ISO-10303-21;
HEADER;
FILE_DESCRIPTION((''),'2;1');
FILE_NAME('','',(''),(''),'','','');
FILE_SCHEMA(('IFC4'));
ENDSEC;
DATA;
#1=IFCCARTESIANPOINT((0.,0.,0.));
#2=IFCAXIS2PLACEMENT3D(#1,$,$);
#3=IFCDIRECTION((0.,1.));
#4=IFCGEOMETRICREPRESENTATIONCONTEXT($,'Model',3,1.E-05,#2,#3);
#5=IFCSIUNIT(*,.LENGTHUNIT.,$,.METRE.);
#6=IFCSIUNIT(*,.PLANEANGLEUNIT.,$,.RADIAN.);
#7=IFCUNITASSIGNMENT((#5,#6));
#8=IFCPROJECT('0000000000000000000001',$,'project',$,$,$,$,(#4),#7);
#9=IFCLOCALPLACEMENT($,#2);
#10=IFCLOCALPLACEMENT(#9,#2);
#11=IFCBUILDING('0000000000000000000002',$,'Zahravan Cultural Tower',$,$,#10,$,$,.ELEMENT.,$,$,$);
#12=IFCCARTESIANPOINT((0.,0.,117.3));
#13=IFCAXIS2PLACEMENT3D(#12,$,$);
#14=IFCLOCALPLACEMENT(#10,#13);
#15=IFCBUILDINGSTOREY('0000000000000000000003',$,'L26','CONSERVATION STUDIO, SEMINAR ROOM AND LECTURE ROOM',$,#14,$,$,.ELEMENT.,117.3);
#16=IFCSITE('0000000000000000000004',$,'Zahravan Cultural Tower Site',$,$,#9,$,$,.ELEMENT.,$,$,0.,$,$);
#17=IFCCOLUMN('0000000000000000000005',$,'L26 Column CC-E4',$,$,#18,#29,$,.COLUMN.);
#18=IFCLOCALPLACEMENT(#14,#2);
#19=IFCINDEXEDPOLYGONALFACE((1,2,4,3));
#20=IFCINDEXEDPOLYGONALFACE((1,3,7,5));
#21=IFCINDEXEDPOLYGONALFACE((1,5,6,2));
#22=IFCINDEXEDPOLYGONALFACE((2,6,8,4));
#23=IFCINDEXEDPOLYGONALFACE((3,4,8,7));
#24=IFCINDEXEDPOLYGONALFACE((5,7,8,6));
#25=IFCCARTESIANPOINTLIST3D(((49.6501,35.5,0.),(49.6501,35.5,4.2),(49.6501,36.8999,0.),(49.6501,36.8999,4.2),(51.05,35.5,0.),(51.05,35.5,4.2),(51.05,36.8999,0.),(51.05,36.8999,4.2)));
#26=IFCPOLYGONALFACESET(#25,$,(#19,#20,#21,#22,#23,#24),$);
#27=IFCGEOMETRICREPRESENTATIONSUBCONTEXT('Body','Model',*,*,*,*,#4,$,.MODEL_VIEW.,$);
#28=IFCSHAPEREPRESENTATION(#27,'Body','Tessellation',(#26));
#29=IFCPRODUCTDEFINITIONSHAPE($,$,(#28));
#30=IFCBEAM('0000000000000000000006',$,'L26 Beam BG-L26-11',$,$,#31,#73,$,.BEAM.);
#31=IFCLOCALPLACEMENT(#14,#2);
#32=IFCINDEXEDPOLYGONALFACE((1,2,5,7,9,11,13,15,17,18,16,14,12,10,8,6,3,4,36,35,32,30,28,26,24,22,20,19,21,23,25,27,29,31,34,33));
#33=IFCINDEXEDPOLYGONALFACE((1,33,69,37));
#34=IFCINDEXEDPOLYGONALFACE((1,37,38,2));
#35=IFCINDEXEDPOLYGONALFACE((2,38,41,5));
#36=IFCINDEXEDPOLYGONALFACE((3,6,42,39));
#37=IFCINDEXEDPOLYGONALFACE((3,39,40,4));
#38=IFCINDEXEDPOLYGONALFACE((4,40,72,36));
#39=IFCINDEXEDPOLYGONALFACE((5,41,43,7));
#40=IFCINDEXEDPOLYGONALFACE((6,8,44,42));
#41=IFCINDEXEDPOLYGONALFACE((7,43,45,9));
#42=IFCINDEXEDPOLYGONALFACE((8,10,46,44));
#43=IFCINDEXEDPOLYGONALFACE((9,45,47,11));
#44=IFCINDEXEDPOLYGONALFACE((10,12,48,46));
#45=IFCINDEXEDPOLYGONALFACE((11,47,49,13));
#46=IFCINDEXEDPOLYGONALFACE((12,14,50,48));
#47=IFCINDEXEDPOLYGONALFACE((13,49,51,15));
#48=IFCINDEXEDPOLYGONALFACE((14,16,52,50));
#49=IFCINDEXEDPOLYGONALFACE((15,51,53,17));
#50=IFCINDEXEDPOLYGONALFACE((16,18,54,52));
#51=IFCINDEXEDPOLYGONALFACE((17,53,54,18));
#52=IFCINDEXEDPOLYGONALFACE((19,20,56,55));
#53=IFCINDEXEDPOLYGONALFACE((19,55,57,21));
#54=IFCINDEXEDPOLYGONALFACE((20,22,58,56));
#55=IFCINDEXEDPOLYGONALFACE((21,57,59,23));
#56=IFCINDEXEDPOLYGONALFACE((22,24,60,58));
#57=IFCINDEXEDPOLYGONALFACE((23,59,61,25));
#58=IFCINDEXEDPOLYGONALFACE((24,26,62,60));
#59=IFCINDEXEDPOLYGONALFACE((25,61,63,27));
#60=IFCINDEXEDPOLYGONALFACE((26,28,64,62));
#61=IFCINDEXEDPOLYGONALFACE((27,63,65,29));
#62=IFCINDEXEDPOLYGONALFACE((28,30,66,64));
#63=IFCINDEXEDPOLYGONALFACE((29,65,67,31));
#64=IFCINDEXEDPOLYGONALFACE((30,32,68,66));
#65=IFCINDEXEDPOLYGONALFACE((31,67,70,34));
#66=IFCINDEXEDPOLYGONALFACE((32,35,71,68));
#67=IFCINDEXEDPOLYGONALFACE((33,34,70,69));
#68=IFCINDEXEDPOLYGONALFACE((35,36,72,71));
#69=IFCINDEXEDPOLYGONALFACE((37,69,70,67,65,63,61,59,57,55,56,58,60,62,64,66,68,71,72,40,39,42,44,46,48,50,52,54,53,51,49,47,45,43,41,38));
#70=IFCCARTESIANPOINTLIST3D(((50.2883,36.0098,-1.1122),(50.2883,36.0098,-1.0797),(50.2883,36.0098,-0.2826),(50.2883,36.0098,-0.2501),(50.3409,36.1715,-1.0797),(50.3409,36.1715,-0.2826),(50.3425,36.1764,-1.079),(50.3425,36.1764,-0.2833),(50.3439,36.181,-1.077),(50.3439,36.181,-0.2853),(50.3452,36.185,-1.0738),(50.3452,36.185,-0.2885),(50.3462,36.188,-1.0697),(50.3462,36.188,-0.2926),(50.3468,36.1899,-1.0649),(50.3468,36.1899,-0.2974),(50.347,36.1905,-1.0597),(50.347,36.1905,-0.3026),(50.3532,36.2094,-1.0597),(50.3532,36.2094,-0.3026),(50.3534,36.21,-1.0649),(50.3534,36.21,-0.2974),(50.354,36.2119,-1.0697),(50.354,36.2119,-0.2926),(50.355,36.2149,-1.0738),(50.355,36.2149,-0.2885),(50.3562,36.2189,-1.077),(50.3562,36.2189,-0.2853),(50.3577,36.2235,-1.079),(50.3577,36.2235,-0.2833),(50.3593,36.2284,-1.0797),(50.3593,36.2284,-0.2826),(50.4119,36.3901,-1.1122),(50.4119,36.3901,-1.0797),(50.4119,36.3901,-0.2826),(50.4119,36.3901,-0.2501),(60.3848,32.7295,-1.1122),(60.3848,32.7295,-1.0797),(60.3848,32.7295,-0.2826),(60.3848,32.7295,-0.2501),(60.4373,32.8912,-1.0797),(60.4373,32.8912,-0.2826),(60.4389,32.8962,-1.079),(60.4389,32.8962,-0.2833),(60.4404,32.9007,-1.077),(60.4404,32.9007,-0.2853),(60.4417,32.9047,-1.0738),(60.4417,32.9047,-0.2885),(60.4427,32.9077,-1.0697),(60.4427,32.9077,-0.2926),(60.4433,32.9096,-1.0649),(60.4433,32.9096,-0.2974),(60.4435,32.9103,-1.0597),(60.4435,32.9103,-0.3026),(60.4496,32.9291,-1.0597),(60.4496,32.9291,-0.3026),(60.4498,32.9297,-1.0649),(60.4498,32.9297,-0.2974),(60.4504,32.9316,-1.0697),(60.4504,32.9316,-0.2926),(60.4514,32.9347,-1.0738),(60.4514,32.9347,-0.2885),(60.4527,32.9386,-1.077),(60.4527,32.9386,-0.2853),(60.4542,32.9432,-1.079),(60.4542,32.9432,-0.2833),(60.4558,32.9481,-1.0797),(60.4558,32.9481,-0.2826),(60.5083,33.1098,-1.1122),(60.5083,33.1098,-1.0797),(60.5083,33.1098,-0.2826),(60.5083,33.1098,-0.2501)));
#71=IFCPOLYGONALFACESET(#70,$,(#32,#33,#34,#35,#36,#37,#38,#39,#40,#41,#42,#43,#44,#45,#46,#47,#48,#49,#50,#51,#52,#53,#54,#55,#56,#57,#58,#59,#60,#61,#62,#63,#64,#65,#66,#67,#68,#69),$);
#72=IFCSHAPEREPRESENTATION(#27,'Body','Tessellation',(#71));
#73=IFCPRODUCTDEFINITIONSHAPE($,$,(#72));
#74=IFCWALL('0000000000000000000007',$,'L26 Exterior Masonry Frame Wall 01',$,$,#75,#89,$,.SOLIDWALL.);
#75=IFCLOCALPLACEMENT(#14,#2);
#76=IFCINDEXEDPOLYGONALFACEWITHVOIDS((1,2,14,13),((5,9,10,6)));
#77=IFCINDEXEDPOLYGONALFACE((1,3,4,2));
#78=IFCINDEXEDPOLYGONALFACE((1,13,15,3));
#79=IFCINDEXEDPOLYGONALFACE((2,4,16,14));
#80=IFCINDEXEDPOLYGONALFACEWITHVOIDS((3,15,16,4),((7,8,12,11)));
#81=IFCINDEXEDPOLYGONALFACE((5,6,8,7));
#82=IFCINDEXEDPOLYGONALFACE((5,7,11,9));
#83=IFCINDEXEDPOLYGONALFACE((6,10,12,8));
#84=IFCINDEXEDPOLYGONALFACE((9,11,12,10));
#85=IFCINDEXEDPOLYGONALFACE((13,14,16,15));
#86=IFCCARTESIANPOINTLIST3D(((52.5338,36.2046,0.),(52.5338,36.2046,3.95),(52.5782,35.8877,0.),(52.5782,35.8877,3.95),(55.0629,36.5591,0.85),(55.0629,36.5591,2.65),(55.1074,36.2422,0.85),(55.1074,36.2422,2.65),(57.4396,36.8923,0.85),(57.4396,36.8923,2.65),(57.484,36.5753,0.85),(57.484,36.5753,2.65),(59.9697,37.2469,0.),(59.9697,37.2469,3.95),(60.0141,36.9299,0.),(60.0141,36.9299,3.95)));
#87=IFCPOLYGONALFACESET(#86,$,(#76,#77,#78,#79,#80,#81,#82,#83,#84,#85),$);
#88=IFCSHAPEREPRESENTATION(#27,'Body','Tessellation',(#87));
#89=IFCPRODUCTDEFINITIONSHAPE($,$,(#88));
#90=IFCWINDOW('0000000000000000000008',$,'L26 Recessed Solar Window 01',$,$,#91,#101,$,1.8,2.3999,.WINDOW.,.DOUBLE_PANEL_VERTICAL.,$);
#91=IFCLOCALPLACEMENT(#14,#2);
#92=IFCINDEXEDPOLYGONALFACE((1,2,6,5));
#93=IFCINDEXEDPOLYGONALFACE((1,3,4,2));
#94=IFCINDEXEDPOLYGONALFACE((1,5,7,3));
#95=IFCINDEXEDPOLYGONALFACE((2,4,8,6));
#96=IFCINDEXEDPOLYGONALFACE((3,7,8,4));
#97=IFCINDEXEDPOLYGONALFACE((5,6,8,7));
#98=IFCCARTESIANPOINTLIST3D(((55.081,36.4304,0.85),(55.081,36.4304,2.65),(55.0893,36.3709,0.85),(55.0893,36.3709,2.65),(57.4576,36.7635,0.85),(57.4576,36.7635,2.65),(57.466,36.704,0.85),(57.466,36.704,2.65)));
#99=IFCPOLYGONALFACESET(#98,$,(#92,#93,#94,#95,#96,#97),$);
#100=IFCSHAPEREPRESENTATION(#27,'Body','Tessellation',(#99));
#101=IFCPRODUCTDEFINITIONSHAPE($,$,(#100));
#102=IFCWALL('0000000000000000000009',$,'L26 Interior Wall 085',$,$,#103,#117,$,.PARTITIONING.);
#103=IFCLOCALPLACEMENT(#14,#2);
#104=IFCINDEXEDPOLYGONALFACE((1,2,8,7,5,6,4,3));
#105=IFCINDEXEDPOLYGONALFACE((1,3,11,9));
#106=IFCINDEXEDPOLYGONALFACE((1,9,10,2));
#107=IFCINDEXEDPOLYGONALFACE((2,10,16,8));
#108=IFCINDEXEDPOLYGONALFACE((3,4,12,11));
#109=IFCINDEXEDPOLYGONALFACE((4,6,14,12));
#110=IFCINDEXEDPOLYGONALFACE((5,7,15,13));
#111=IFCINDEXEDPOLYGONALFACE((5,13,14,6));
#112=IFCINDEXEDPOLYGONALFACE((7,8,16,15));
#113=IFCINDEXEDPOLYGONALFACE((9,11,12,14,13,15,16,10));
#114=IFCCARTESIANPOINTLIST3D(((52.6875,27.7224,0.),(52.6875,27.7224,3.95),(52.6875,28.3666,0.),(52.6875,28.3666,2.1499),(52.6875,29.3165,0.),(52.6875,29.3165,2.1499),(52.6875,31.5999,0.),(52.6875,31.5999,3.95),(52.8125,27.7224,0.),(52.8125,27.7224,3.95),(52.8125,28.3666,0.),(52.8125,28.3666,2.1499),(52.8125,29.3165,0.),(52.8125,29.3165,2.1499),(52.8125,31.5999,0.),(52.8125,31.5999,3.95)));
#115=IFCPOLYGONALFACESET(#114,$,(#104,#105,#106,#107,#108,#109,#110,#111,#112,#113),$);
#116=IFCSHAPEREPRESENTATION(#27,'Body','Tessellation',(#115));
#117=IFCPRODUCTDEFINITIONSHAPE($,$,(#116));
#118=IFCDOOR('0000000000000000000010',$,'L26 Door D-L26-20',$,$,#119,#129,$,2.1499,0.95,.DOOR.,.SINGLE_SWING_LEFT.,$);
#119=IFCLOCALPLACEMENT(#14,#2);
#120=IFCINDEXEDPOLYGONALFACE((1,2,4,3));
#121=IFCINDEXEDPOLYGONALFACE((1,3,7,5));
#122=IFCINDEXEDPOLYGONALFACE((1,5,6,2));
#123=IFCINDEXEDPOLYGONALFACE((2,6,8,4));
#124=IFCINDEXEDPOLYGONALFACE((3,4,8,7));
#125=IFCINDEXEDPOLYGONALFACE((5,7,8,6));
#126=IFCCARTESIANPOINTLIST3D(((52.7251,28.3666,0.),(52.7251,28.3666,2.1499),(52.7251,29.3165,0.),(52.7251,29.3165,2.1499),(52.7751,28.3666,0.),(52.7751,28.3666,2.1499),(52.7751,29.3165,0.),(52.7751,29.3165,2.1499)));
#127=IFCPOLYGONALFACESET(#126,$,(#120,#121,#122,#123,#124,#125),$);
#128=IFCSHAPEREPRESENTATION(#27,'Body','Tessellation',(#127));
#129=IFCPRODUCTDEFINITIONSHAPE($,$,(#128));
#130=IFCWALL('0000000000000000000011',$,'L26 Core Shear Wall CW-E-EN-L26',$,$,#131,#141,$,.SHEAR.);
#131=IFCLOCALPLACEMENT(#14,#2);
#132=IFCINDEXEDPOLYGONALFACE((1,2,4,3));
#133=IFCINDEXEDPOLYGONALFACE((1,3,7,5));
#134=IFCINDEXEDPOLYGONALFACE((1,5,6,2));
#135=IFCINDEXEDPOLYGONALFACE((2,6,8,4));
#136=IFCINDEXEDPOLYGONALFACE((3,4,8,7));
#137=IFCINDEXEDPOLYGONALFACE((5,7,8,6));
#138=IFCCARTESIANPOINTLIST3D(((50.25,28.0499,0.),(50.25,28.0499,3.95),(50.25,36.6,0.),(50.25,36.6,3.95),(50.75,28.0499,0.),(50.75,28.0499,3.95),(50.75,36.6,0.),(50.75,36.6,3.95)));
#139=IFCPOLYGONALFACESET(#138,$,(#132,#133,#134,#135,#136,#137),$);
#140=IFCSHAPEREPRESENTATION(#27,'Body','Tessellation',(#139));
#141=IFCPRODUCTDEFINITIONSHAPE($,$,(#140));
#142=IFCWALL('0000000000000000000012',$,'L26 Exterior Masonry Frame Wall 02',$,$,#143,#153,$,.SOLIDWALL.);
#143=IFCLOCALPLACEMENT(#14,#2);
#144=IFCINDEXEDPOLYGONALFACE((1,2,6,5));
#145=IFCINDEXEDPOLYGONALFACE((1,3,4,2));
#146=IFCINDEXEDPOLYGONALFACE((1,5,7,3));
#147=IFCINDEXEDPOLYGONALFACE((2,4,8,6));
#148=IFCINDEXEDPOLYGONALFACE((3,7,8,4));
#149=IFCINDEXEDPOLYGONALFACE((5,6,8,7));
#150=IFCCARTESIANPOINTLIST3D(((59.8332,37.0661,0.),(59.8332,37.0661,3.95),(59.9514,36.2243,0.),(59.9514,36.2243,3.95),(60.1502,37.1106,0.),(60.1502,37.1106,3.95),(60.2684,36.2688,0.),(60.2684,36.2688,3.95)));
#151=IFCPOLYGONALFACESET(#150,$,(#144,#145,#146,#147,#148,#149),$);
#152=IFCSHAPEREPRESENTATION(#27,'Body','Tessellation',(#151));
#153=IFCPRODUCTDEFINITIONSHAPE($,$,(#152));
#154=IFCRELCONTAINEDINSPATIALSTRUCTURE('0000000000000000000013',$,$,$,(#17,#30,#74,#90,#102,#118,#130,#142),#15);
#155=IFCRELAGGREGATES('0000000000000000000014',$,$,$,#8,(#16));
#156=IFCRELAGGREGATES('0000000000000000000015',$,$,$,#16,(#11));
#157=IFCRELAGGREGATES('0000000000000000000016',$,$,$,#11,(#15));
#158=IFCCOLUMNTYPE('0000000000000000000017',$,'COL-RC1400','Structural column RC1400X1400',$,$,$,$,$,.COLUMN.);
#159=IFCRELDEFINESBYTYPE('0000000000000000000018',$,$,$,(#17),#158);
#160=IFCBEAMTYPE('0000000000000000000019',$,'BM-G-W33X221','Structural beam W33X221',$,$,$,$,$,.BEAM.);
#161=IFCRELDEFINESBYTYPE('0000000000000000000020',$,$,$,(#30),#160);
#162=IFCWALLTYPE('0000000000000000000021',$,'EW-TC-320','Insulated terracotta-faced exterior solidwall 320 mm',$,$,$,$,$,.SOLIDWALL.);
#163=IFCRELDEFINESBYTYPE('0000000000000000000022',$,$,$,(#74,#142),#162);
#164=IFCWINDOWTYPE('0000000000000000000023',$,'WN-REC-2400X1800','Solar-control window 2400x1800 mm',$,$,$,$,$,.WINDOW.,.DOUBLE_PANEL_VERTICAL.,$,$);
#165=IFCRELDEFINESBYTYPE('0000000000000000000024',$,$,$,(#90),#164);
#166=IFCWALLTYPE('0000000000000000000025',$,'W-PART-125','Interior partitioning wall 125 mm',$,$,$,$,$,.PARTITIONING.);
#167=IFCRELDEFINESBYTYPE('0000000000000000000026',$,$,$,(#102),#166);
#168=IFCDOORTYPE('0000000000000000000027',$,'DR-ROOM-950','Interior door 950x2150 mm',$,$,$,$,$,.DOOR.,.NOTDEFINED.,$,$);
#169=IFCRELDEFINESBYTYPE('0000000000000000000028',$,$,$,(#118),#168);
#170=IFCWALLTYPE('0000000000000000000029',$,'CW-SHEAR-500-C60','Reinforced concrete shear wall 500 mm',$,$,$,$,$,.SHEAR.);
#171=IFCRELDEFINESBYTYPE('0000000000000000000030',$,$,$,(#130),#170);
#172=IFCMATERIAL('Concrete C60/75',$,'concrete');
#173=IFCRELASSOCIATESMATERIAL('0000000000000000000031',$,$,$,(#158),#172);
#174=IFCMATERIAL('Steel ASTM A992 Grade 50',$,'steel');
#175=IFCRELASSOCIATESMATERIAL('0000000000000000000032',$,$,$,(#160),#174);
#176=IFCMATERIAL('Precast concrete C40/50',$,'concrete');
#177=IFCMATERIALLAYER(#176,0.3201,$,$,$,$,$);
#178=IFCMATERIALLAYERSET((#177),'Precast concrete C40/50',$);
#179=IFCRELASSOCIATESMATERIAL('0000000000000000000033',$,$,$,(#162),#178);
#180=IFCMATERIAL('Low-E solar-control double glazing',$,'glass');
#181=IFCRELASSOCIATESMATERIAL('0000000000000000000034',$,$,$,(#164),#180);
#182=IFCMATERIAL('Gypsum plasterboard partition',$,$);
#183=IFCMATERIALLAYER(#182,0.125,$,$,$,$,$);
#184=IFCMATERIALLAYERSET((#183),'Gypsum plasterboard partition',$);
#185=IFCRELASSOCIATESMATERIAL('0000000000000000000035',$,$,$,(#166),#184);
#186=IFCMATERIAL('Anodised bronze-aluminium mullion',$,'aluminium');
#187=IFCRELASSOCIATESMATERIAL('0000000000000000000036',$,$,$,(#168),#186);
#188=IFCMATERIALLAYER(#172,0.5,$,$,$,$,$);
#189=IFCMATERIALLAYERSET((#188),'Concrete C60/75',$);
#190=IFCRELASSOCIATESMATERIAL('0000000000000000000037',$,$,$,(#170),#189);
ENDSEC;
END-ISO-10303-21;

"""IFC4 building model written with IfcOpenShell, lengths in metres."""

from ifc_helpers import new_model, si_unit, direction, frame, frame_2d, origin, origin_2d, place, context, subcontext, project, spatial, rectangle, i_section, extrude, source, transform, mapped, material, layer, layer_set, material_profile, profile_set, type_object, element, fill, save


model = new_model("IFC4")

# Units and contexts
model_context = context("Model", 3, precision=1e-05, world=origin(), true_north=direction((0.0, 1.0)))
body_context = subcontext(model_context, "Body", "Model", "MODEL_VIEW")
ifc_project = project(units=[si_unit("LENGTHUNIT", "METRE"), si_unit("PLANEANGLEUNIT", "RADIAN")], contexts=[model_context])

# Site, building, storey
site_placement = place(None, origin())
site = spatial("IfcSite", under=ifc_project, at=site_placement, Name="Zahravan Cultural Tower Site", CompositionType="ELEMENT", RefElevation=0.0)
building_placement = place(site_placement, origin())
building = spatial("IfcBuilding", under=site, at=building_placement, Name="Zahravan Cultural Tower", CompositionType="ELEMENT")
storey_placement = place(building_placement, frame((0.0, 0.0, 117.3)))
storey = spatial("IfcBuildingStorey", under=building, at=storey_placement, Name="L26", Description="CONSERVATION STUDIO, SEMINAR ROOM AND LECTURE ROOM", CompositionType="ELEMENT", Elevation=117.3)

# Column
ifc_material_1 = material(Name="Concrete C60/75", Category="concrete")
ifc_material_profile_1 = material_profile(ifc_material_1, rectangle(XDim=1.3999, YDim=1.3999, at=origin_2d()), Name="RC1400X1400")
ifc_profile_set_1 = profile_set([ifc_material_profile_1], Name="Concrete C60/75")
column_type = type_object("IfcColumnType", Name="COL-RC1400", Description="Structural column RC1400X1400", PredefinedType="COLUMN", material=ifc_profile_set_1)
shared_shape_1 = source(origin(), body_context, "Body", "SweptSolid", [
    extrude(rectangle(XDim=1.3999, YDim=1.3999, at=origin_2d()), origin(), (0.0, 0.0, 1.0), 4.2),
])
column_placement = place(storey_placement, frame((50.3501, 36.2, 0.0), z_axis=(0.0, 0.0, 1.0), x_axis=(1.0, 0.0, 0.0)))
element("IfcColumn", 1, at=column_placement, inside=storey, type_object=column_type, Name="L26 Column CC-E4", PredefinedType="COLUMN", context=body_context, shape_type="MappedRepresentation", body=[
    mapped(shared_shape_1, transform((0.0, 0.0, 0.0), x_axis=(1.0, 0.0, 0.0), y_axis=(0.0, 1.0, 0.0), z_axis=(0.0, 0.0, 1.0), scale=1.0)),
])

# Beam
ifc_material_2 = material(Name="Steel ASTM A992 Grade 50", Category="steel")
ifc_material_profile_2 = material_profile(ifc_material_2, i_section(OverallWidth=0.3999, OverallDepth=0.8621, WebThickness=0.0198, FlangeThickness=0.0325, FilletRadius=0.02, at=origin_2d()), Name="W33X221")
ifc_profile_set_2 = profile_set([ifc_material_profile_2], Name="Steel ASTM A992 Grade 50")
beam_type = type_object("IfcBeamType", Name="BM-G-W33X221", Description="Structural beam W33X221", PredefinedType="BEAM", material=ifc_profile_set_2)
shared_shape_2 = source(origin(), body_context, "Body", "SweptSolid", [
    extrude(i_section(OverallWidth=0.3999, OverallDepth=0.8621, WebThickness=0.0198, FlangeThickness=0.0325, FilletRadius=0.02, at=origin_2d()), origin(), (0.0, 0.0, 1.0), 10.616),
])
beam_placement = place(storey_placement, frame((50.3501, 36.2, -0.6812), z_axis=(0.951064, -0.308995, 0.0), x_axis=(0.308995, 0.951064, 0.0)))
element("IfcBeam", 2, at=beam_placement, inside=storey, type_object=beam_type, Name="L26 Beam BG-L26-11", PredefinedType="BEAM", context=body_context, shape_type="MappedRepresentation", body=[
    mapped(shared_shape_2, transform((0.0, 0.0, 0.0), x_axis=(1.0, 0.0, 0.0), y_axis=(0.0, 1.0, 0.0), z_axis=(0.0, 0.0, 1.0), scale=1.0)),
])

# Wall, opening, window
ifc_material_3 = material(Name="Precast concrete C40/50", Category="concrete")
ifc_layer_1 = layer(ifc_material_3, 0.3201)
ifc_layer_set_1 = layer_set([ifc_layer_1], Name="Precast concrete C40/50")
wall_type_1 = type_object("IfcWallType", Name="EW-TC-320", Description="Insulated terracotta-faced exterior solidwall 320 mm", PredefinedType="SOLIDWALL", material=ifc_layer_set_1)
wall_1_placement = place(storey_placement, frame((52.5559, 36.0461, 0.0), z_axis=(0.0, 0.0, 1.0), x_axis=(0.990319, 0.138808, 0.0)))
wall_1 = element("IfcWall", 3, at=wall_1_placement, inside=storey, type_object=wall_type_1, Name="L26 Exterior Masonry Frame Wall 01", PredefinedType="SOLIDWALL", context=body_context, shape_type="SweptSolid", body=[
    extrude(rectangle(XDim=7.5085, YDim=0.3201, at=frame_2d((3.7544, 0.0))), origin(), (0.0, 0.0, 1.0), 3.95),
])
opening_1_placement = place(wall_1_placement, frame((2.554, 0.0, 0.8501)))
opening_1 = element("IfcOpeningElement", 4, at=opening_1_placement, cuts=wall_1, PredefinedType="OPENING", context=body_context, shape_type="SweptSolid", body=[
    extrude(rectangle(XDim=2.3999, YDim=1.8, at=frame_2d((1.2, 0.8999))), frame((0.0, 0.1699, 0.0), z_axis=(0.0, -1.0, 0.0), x_axis=(1.0, 0.0, 0.0)), (0.0, 0.0, 1.0), 0.3401),
])
ifc_material_4 = material(Name="Low-E solar-control double glazing", Category="glass")
window_type = type_object("IfcWindowType", Name="WN-REC-2400X1800", Description="Solar-control window 2400x1800 mm", PartitioningType="DOUBLE_PANEL_VERTICAL", PredefinedType="WINDOW", material=ifc_material_4)
shared_shape_3 = source(origin(), body_context, "Body", "SweptSolid", [
    extrude(rectangle(XDim=2.3999, YDim=1.8, at=frame_2d((1.2, 0.8999))), frame((0.0, 0.03, 0.0), z_axis=(0.0, -1.0, 0.0), x_axis=(1.0, 0.0, 0.0)), (0.0, 0.0, 1.0), 0.0601),
])
window_placement = place(opening_1_placement, origin())
window = element("IfcWindow", 5, at=window_placement, inside=storey, type_object=window_type, Name="L26 Recessed Solar Window 01", OverallHeight=1.8, OverallWidth=2.3999, PartitioningType="DOUBLE_PANEL_VERTICAL", PredefinedType="WINDOW", context=body_context, shape_type="MappedRepresentation", body=[
    mapped(shared_shape_3, transform((0.0, 0.0, 0.0), x_axis=(1.0, 0.0, 0.0), y_axis=(0.0, 1.0, 0.0), z_axis=(0.0, 0.0, 1.0), scale=1.0)),
])
fill(opening_1, window)

# Wall, opening, door
ifc_material_5 = material(Name="Gypsum plasterboard partition")
ifc_layer_2 = layer(ifc_material_5, 0.125)
ifc_layer_set_2 = layer_set([ifc_layer_2], Name="Gypsum plasterboard partition")
wall_type_2 = type_object("IfcWallType", Name="W-PART-125", Description="Interior partitioning wall 125 mm", PredefinedType="PARTITIONING", material=ifc_layer_set_2)
wall_2_placement = place(storey_placement, frame((52.75, 27.7224, 0.0), z_axis=(0.0, 0.0, 1.0), x_axis=(0.0, 1.0, 0.0)))
wall_2 = element("IfcWall", 6, at=wall_2_placement, inside=storey, type_object=wall_type_2, Name="L26 Interior Wall 085", PredefinedType="PARTITIONING", context=body_context, shape_type="SweptSolid", body=[
    extrude(rectangle(XDim=3.8774, YDim=0.125, at=frame_2d((1.9387, 0.0))), origin(), (0.0, 0.0, 1.0), 3.95),
])
opening_2_placement = place(wall_2_placement, frame((0.644, 0.0, 0.0)))
opening_2 = element("IfcOpeningElement", 7, at=opening_2_placement, cuts=wall_2, PredefinedType="OPENING", context=body_context, shape_type="SweptSolid", body=[
    extrude(rectangle(XDim=0.95, YDim=2.1499, at=frame_2d((0.4751, 1.075))), frame((0.0, 0.0725, 0.0), z_axis=(0.0, -1.0, 0.0), x_axis=(1.0, 0.0, 0.0)), (0.0, 0.0, 1.0), 0.145),
])
ifc_material_6 = material(Name="Anodised bronze-aluminium mullion", Category="aluminium")
door_type = type_object("IfcDoorType", Name="DR-ROOM-950", Description="Interior door 950x2150 mm", OperationType="NOTDEFINED", PredefinedType="DOOR", material=ifc_material_6)
shared_shape_4 = source(origin(), body_context, "Body", "SweptSolid", [
    extrude(rectangle(XDim=0.95, YDim=2.1499, at=frame_2d((0.4751, 1.075))), frame((0.0, 0.0249, 0.0), z_axis=(0.0, -1.0, 0.0), x_axis=(1.0, 0.0, 0.0)), (0.0, 0.0, 1.0), 0.05),
])
door_1_placement = place(opening_2_placement, origin())
door_1 = element("IfcDoor", 8, at=door_1_placement, inside=storey, type_object=door_type, Name="L26 Door D-L26-20", OperationType="SINGLE_SWING_LEFT", OverallHeight=2.1499, OverallWidth=0.95, PredefinedType="DOOR", context=body_context, shape_type="MappedRepresentation", body=[
    mapped(shared_shape_4, transform((0.0, 0.0, 0.0), x_axis=(1.0, 0.0, 0.0), y_axis=(0.0, 1.0, 0.0), z_axis=(0.0, 0.0, 1.0), scale=1.0)),
])
fill(opening_2, door_1)

# Walls
ifc_layer_3 = layer(ifc_material_1, 0.5)
ifc_layer_set_3 = layer_set([ifc_layer_3], Name="Concrete C60/75")
wall_type_3 = type_object("IfcWallType", Name="CW-SHEAR-500-C60", Description="Reinforced concrete shear wall 500 mm", PredefinedType="SHEAR", material=ifc_layer_set_3)
shared_shape_5 = source(origin(), body_context, "Body", "SweptSolid", [
    extrude(rectangle(XDim=8.55, YDim=0.5, at=frame_2d((4.2749, 0.0))), origin(), (0.0, 0.0, 1.0), 3.95),
])
wall_3_placement = place(storey_placement, frame((50.5, 28.05, 0.0), z_axis=(0.0, 0.0, 1.0), x_axis=(0.0, 1.0, 0.0)))
element("IfcWall", 9, at=wall_3_placement, inside=storey, type_object=wall_type_3, Name="L26 Core Shear Wall CW-E-EN-L26", PredefinedType="SHEAR", context=body_context, shape_type="MappedRepresentation", body=[
    mapped(shared_shape_5, transform((0.0, 0.0, 0.0), x_axis=(1.0, 0.0, 0.0), y_axis=(0.0, 1.0, 0.0), z_axis=(0.0, 0.0, 1.0), scale=1.0)),
])
shared_shape_6 = source(origin(), body_context, "Body", "SweptSolid", [
    extrude(rectangle(XDim=0.8501, YDim=0.3201, at=frame_2d((0.425, 0.0))), origin(), (0.0, 0.0, 1.0), 3.95),
])
wall_4_placement = place(storey_placement, frame((59.9917, 37.0884, 0.0), z_axis=(0.0, 0.0, 1.0), x_axis=(0.139008, -0.990291, 0.0)))
element("IfcWall", 10, at=wall_4_placement, inside=storey, type_object=wall_type_1, Name="L26 Exterior Masonry Frame Wall 02", PredefinedType="SOLIDWALL", context=body_context, shape_type="MappedRepresentation", body=[
    mapped(shared_shape_6, transform((0.0, 0.0, 0.0), x_axis=(1.0, 0.0, 0.0), y_axis=(0.0, 1.0, 0.0), z_axis=(0.0, 0.0, 1.0), scale=1.0)),
])

save(model, "model.ifc")
